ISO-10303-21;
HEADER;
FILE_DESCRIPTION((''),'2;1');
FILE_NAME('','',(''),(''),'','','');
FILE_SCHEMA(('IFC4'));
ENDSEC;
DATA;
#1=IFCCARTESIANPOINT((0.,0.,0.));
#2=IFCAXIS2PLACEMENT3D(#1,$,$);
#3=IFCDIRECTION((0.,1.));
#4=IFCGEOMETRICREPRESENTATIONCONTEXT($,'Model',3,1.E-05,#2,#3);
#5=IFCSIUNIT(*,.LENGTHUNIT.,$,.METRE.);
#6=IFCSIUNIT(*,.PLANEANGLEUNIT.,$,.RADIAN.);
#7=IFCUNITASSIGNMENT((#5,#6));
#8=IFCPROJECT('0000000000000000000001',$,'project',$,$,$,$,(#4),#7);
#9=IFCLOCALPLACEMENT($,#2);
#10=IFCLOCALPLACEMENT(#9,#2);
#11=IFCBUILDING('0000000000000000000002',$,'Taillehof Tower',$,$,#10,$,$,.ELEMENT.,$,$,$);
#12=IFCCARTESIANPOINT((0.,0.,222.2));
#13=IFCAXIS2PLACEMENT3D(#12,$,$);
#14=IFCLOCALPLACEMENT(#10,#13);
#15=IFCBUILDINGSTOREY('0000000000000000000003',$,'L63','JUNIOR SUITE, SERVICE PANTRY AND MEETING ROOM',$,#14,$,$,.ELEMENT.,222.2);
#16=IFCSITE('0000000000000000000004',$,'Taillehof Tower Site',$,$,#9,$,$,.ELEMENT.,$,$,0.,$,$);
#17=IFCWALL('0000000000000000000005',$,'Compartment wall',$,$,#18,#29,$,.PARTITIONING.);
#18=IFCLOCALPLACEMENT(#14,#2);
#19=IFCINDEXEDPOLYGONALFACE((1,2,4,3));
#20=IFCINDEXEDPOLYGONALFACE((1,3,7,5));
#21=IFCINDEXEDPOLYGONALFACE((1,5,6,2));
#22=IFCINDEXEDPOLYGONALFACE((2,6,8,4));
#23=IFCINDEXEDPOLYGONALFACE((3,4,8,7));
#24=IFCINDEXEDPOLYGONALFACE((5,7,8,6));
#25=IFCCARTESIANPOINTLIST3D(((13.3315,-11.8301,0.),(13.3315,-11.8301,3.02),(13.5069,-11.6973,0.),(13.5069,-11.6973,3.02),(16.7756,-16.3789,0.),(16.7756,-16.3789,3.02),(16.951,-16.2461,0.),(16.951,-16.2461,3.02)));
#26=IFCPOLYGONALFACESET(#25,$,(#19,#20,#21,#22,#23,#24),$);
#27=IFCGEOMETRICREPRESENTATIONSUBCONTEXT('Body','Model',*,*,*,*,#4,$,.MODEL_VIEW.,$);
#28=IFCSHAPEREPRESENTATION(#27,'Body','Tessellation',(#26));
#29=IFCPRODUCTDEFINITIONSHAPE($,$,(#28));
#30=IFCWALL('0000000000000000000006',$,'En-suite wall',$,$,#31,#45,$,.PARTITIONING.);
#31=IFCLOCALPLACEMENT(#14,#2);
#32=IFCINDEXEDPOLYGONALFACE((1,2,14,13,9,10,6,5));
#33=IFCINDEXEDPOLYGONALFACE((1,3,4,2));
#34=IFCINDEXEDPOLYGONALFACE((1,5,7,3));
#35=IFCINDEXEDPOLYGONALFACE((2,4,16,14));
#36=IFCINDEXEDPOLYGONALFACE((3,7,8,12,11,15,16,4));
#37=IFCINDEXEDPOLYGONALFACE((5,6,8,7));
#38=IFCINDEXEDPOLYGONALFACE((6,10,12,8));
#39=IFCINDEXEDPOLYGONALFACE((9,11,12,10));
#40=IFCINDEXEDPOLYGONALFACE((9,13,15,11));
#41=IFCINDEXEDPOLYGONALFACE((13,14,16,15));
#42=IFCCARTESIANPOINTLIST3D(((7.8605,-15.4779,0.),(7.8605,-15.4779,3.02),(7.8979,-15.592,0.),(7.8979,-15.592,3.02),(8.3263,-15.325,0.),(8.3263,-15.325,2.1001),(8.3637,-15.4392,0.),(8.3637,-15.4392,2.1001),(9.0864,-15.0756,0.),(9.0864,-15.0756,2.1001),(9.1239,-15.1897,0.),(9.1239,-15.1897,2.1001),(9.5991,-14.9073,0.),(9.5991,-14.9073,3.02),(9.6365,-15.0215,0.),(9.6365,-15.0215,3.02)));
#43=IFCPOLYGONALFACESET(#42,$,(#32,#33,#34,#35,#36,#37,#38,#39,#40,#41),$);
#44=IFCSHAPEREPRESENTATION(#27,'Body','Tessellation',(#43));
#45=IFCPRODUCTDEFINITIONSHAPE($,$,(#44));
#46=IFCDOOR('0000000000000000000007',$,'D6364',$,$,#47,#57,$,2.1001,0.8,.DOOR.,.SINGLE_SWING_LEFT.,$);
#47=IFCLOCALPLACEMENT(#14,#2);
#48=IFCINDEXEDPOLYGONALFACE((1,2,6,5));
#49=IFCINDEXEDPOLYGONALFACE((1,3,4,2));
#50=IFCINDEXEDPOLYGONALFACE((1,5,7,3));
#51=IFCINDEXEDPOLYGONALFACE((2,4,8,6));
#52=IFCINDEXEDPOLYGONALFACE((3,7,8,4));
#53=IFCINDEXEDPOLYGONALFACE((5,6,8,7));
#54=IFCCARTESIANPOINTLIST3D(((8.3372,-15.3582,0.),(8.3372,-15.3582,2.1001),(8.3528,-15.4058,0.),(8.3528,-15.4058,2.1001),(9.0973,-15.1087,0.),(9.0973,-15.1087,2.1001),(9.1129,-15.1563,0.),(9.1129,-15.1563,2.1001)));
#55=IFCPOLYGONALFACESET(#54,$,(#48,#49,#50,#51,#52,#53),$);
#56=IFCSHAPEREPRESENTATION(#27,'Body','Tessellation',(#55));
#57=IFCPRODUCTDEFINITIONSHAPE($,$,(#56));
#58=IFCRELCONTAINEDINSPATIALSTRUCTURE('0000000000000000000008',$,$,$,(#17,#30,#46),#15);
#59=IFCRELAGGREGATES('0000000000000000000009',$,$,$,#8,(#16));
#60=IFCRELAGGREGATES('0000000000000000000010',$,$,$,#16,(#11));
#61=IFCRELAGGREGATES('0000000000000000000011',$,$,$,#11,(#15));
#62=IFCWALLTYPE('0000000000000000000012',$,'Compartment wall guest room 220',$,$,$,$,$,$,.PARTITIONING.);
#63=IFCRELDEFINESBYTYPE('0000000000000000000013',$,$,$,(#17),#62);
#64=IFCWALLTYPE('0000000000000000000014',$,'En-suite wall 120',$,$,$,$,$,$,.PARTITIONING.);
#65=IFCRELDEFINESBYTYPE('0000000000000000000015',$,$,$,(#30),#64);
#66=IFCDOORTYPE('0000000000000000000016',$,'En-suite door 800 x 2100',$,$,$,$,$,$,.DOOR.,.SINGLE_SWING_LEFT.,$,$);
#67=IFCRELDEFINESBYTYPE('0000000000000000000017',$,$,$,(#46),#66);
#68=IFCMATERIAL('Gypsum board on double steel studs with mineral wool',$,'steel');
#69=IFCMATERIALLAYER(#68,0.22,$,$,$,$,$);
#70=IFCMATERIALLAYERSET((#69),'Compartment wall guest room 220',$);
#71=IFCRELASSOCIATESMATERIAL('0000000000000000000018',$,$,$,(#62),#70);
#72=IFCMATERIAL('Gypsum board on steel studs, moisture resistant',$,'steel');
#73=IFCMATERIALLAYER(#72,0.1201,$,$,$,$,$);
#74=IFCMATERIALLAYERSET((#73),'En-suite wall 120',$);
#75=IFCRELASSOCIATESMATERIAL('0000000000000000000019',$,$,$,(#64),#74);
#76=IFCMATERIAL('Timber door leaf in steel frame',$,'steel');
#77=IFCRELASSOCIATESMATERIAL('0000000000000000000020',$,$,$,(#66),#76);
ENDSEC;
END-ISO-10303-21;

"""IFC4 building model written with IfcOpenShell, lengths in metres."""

from ifc_helpers import new_model, si_unit, direction, frame, frame_2d, origin, place, context, subcontext, project, spatial, rectangle, extrude, material, layer, layer_set, type_object, element, fill, save


model = new_model("IFC4")

# Units and contexts
model_context = context("Model", 3, precision=1e-05, world=origin(), true_north=direction((0.0, 1.0)))
body_context = subcontext(model_context, "Body", "Model", "MODEL_VIEW")
ifc_project = project(units=[si_unit("LENGTHUNIT", "METRE"), si_unit("PLANEANGLEUNIT", "RADIAN")], contexts=[model_context])

# Site, building, storey
site_placement = place(None, origin())
site = spatial("IfcSite", under=ifc_project, at=site_placement, Name="Taillehof Tower Site", CompositionType="ELEMENT", RefElevation=0.0)
building_placement = place(site_placement, origin())
building = spatial("IfcBuilding", under=site, at=building_placement, Name="Taillehof Tower", CompositionType="ELEMENT")
storey_placement = place(building_placement, frame((0.0, 0.0, 222.2)))
storey = spatial("IfcBuildingStorey", under=building, at=storey_placement, Name="L63", Description="JUNIOR SUITE, SERVICE PANTRY AND MEETING ROOM", CompositionType="ELEMENT", Elevation=222.2)

# Wall
ifc_material_1 = material(Name="Gypsum board on double steel studs with mineral wool", Category="steel")
ifc_layer_1 = layer(ifc_material_1, 0.22)
ifc_layer_set_1 = layer_set([ifc_layer_1], Name="Compartment wall guest room 220")
wall_type_1 = type_object("IfcWallType", Name="Compartment wall guest room 220", PredefinedType="PARTITIONING", material=ifc_layer_set_1)
wall_1_placement = place(storey_placement, frame((16.8633, -16.3125, 0.0), z_axis=(0.0, 0.0, 1.0), x_axis=(-0.603636, 0.79726, 0.0)))
element("IfcWall", 1, at=wall_1_placement, inside=storey, type_object=wall_type_1, Name="Compartment wall", PredefinedType="PARTITIONING", context=body_context, shape_type="SweptSolid", body=[
    extrude(rectangle(XDim=5.7056, YDim=0.22, at=frame_2d((2.8528, 0.0))), origin(), (0.0, 0.0, 1.0), 3.02),
])

# Wall, opening, door
ifc_material_2 = material(Name="Gypsum board on steel studs, moisture resistant", Category="steel")
ifc_layer_2 = layer(ifc_material_2, 0.1201)
ifc_layer_set_2 = layer_set([ifc_layer_2], Name="En-suite wall 120")
wall_type_2 = type_object("IfcWallType", Name="En-suite wall 120", PredefinedType="PARTITIONING", material=ifc_layer_set_2)
wall_2_placement = place(storey_placement, frame((9.6179, -14.9644, 0.0), z_axis=(0.0, 0.0, 1.0), x_axis=(-0.950141, -0.311821, 0.0)))
wall_2 = element("IfcWall", 2, at=wall_2_placement, inside=storey, type_object=wall_type_2, Name="En-suite wall", PredefinedType="PARTITIONING", context=body_context, shape_type="SweptSolid", body=[
    extrude(rectangle(XDim=1.8298, YDim=0.1201, at=frame_2d((0.915, 0.0))), origin(), (0.0, 0.0, 1.0), 3.02),
])
opening_1_placement = place(wall_2_placement, frame((0.5398, 0.0, 0.0)))
opening_1 = element("IfcOpeningElement", 3, at=opening_1_placement, cuts=wall_2, PredefinedType="OPENING", context=body_context, shape_type="SweptSolid", body=[
    extrude(rectangle(XDim=0.8, YDim=2.1001, at=frame_2d((0.3999, 1.05))), frame((0.0, 0.0701, 0.0), z_axis=(0.0, -1.0, 0.0), x_axis=(1.0, 0.0, 0.0)), (0.0, 0.0, 1.0), 0.1401),
])
ifc_material_3 = material(Name="Timber door leaf in steel frame", Category="steel")
door_type_1 = type_object("IfcDoorType", Name="En-suite door 800 x 2100", OperationType="SINGLE_SWING_LEFT", PredefinedType="DOOR", material=ifc_material_3)
door_1_placement = place(opening_1_placement, origin())
door_1 = element("IfcDoor", 4, at=door_1_placement, inside=storey, type_object=door_type_1, Name="D6364", OperationType="SINGLE_SWING_LEFT", OverallHeight=2.1001, OverallWidth=0.8, PredefinedType="DOOR", context=body_context, shape_type="SweptSolid", body=[
    extrude(rectangle(XDim=0.8, YDim=2.1001, at=frame_2d((0.3999, 1.05))), frame((0.0, 0.0249, 0.0), z_axis=(0.0, -1.0, 0.0), x_axis=(1.0, 0.0, 0.0)), (0.0, 0.0, 1.0), 0.05),
])
fill(opening_1, door_1)

save(model, "model.ifc")
